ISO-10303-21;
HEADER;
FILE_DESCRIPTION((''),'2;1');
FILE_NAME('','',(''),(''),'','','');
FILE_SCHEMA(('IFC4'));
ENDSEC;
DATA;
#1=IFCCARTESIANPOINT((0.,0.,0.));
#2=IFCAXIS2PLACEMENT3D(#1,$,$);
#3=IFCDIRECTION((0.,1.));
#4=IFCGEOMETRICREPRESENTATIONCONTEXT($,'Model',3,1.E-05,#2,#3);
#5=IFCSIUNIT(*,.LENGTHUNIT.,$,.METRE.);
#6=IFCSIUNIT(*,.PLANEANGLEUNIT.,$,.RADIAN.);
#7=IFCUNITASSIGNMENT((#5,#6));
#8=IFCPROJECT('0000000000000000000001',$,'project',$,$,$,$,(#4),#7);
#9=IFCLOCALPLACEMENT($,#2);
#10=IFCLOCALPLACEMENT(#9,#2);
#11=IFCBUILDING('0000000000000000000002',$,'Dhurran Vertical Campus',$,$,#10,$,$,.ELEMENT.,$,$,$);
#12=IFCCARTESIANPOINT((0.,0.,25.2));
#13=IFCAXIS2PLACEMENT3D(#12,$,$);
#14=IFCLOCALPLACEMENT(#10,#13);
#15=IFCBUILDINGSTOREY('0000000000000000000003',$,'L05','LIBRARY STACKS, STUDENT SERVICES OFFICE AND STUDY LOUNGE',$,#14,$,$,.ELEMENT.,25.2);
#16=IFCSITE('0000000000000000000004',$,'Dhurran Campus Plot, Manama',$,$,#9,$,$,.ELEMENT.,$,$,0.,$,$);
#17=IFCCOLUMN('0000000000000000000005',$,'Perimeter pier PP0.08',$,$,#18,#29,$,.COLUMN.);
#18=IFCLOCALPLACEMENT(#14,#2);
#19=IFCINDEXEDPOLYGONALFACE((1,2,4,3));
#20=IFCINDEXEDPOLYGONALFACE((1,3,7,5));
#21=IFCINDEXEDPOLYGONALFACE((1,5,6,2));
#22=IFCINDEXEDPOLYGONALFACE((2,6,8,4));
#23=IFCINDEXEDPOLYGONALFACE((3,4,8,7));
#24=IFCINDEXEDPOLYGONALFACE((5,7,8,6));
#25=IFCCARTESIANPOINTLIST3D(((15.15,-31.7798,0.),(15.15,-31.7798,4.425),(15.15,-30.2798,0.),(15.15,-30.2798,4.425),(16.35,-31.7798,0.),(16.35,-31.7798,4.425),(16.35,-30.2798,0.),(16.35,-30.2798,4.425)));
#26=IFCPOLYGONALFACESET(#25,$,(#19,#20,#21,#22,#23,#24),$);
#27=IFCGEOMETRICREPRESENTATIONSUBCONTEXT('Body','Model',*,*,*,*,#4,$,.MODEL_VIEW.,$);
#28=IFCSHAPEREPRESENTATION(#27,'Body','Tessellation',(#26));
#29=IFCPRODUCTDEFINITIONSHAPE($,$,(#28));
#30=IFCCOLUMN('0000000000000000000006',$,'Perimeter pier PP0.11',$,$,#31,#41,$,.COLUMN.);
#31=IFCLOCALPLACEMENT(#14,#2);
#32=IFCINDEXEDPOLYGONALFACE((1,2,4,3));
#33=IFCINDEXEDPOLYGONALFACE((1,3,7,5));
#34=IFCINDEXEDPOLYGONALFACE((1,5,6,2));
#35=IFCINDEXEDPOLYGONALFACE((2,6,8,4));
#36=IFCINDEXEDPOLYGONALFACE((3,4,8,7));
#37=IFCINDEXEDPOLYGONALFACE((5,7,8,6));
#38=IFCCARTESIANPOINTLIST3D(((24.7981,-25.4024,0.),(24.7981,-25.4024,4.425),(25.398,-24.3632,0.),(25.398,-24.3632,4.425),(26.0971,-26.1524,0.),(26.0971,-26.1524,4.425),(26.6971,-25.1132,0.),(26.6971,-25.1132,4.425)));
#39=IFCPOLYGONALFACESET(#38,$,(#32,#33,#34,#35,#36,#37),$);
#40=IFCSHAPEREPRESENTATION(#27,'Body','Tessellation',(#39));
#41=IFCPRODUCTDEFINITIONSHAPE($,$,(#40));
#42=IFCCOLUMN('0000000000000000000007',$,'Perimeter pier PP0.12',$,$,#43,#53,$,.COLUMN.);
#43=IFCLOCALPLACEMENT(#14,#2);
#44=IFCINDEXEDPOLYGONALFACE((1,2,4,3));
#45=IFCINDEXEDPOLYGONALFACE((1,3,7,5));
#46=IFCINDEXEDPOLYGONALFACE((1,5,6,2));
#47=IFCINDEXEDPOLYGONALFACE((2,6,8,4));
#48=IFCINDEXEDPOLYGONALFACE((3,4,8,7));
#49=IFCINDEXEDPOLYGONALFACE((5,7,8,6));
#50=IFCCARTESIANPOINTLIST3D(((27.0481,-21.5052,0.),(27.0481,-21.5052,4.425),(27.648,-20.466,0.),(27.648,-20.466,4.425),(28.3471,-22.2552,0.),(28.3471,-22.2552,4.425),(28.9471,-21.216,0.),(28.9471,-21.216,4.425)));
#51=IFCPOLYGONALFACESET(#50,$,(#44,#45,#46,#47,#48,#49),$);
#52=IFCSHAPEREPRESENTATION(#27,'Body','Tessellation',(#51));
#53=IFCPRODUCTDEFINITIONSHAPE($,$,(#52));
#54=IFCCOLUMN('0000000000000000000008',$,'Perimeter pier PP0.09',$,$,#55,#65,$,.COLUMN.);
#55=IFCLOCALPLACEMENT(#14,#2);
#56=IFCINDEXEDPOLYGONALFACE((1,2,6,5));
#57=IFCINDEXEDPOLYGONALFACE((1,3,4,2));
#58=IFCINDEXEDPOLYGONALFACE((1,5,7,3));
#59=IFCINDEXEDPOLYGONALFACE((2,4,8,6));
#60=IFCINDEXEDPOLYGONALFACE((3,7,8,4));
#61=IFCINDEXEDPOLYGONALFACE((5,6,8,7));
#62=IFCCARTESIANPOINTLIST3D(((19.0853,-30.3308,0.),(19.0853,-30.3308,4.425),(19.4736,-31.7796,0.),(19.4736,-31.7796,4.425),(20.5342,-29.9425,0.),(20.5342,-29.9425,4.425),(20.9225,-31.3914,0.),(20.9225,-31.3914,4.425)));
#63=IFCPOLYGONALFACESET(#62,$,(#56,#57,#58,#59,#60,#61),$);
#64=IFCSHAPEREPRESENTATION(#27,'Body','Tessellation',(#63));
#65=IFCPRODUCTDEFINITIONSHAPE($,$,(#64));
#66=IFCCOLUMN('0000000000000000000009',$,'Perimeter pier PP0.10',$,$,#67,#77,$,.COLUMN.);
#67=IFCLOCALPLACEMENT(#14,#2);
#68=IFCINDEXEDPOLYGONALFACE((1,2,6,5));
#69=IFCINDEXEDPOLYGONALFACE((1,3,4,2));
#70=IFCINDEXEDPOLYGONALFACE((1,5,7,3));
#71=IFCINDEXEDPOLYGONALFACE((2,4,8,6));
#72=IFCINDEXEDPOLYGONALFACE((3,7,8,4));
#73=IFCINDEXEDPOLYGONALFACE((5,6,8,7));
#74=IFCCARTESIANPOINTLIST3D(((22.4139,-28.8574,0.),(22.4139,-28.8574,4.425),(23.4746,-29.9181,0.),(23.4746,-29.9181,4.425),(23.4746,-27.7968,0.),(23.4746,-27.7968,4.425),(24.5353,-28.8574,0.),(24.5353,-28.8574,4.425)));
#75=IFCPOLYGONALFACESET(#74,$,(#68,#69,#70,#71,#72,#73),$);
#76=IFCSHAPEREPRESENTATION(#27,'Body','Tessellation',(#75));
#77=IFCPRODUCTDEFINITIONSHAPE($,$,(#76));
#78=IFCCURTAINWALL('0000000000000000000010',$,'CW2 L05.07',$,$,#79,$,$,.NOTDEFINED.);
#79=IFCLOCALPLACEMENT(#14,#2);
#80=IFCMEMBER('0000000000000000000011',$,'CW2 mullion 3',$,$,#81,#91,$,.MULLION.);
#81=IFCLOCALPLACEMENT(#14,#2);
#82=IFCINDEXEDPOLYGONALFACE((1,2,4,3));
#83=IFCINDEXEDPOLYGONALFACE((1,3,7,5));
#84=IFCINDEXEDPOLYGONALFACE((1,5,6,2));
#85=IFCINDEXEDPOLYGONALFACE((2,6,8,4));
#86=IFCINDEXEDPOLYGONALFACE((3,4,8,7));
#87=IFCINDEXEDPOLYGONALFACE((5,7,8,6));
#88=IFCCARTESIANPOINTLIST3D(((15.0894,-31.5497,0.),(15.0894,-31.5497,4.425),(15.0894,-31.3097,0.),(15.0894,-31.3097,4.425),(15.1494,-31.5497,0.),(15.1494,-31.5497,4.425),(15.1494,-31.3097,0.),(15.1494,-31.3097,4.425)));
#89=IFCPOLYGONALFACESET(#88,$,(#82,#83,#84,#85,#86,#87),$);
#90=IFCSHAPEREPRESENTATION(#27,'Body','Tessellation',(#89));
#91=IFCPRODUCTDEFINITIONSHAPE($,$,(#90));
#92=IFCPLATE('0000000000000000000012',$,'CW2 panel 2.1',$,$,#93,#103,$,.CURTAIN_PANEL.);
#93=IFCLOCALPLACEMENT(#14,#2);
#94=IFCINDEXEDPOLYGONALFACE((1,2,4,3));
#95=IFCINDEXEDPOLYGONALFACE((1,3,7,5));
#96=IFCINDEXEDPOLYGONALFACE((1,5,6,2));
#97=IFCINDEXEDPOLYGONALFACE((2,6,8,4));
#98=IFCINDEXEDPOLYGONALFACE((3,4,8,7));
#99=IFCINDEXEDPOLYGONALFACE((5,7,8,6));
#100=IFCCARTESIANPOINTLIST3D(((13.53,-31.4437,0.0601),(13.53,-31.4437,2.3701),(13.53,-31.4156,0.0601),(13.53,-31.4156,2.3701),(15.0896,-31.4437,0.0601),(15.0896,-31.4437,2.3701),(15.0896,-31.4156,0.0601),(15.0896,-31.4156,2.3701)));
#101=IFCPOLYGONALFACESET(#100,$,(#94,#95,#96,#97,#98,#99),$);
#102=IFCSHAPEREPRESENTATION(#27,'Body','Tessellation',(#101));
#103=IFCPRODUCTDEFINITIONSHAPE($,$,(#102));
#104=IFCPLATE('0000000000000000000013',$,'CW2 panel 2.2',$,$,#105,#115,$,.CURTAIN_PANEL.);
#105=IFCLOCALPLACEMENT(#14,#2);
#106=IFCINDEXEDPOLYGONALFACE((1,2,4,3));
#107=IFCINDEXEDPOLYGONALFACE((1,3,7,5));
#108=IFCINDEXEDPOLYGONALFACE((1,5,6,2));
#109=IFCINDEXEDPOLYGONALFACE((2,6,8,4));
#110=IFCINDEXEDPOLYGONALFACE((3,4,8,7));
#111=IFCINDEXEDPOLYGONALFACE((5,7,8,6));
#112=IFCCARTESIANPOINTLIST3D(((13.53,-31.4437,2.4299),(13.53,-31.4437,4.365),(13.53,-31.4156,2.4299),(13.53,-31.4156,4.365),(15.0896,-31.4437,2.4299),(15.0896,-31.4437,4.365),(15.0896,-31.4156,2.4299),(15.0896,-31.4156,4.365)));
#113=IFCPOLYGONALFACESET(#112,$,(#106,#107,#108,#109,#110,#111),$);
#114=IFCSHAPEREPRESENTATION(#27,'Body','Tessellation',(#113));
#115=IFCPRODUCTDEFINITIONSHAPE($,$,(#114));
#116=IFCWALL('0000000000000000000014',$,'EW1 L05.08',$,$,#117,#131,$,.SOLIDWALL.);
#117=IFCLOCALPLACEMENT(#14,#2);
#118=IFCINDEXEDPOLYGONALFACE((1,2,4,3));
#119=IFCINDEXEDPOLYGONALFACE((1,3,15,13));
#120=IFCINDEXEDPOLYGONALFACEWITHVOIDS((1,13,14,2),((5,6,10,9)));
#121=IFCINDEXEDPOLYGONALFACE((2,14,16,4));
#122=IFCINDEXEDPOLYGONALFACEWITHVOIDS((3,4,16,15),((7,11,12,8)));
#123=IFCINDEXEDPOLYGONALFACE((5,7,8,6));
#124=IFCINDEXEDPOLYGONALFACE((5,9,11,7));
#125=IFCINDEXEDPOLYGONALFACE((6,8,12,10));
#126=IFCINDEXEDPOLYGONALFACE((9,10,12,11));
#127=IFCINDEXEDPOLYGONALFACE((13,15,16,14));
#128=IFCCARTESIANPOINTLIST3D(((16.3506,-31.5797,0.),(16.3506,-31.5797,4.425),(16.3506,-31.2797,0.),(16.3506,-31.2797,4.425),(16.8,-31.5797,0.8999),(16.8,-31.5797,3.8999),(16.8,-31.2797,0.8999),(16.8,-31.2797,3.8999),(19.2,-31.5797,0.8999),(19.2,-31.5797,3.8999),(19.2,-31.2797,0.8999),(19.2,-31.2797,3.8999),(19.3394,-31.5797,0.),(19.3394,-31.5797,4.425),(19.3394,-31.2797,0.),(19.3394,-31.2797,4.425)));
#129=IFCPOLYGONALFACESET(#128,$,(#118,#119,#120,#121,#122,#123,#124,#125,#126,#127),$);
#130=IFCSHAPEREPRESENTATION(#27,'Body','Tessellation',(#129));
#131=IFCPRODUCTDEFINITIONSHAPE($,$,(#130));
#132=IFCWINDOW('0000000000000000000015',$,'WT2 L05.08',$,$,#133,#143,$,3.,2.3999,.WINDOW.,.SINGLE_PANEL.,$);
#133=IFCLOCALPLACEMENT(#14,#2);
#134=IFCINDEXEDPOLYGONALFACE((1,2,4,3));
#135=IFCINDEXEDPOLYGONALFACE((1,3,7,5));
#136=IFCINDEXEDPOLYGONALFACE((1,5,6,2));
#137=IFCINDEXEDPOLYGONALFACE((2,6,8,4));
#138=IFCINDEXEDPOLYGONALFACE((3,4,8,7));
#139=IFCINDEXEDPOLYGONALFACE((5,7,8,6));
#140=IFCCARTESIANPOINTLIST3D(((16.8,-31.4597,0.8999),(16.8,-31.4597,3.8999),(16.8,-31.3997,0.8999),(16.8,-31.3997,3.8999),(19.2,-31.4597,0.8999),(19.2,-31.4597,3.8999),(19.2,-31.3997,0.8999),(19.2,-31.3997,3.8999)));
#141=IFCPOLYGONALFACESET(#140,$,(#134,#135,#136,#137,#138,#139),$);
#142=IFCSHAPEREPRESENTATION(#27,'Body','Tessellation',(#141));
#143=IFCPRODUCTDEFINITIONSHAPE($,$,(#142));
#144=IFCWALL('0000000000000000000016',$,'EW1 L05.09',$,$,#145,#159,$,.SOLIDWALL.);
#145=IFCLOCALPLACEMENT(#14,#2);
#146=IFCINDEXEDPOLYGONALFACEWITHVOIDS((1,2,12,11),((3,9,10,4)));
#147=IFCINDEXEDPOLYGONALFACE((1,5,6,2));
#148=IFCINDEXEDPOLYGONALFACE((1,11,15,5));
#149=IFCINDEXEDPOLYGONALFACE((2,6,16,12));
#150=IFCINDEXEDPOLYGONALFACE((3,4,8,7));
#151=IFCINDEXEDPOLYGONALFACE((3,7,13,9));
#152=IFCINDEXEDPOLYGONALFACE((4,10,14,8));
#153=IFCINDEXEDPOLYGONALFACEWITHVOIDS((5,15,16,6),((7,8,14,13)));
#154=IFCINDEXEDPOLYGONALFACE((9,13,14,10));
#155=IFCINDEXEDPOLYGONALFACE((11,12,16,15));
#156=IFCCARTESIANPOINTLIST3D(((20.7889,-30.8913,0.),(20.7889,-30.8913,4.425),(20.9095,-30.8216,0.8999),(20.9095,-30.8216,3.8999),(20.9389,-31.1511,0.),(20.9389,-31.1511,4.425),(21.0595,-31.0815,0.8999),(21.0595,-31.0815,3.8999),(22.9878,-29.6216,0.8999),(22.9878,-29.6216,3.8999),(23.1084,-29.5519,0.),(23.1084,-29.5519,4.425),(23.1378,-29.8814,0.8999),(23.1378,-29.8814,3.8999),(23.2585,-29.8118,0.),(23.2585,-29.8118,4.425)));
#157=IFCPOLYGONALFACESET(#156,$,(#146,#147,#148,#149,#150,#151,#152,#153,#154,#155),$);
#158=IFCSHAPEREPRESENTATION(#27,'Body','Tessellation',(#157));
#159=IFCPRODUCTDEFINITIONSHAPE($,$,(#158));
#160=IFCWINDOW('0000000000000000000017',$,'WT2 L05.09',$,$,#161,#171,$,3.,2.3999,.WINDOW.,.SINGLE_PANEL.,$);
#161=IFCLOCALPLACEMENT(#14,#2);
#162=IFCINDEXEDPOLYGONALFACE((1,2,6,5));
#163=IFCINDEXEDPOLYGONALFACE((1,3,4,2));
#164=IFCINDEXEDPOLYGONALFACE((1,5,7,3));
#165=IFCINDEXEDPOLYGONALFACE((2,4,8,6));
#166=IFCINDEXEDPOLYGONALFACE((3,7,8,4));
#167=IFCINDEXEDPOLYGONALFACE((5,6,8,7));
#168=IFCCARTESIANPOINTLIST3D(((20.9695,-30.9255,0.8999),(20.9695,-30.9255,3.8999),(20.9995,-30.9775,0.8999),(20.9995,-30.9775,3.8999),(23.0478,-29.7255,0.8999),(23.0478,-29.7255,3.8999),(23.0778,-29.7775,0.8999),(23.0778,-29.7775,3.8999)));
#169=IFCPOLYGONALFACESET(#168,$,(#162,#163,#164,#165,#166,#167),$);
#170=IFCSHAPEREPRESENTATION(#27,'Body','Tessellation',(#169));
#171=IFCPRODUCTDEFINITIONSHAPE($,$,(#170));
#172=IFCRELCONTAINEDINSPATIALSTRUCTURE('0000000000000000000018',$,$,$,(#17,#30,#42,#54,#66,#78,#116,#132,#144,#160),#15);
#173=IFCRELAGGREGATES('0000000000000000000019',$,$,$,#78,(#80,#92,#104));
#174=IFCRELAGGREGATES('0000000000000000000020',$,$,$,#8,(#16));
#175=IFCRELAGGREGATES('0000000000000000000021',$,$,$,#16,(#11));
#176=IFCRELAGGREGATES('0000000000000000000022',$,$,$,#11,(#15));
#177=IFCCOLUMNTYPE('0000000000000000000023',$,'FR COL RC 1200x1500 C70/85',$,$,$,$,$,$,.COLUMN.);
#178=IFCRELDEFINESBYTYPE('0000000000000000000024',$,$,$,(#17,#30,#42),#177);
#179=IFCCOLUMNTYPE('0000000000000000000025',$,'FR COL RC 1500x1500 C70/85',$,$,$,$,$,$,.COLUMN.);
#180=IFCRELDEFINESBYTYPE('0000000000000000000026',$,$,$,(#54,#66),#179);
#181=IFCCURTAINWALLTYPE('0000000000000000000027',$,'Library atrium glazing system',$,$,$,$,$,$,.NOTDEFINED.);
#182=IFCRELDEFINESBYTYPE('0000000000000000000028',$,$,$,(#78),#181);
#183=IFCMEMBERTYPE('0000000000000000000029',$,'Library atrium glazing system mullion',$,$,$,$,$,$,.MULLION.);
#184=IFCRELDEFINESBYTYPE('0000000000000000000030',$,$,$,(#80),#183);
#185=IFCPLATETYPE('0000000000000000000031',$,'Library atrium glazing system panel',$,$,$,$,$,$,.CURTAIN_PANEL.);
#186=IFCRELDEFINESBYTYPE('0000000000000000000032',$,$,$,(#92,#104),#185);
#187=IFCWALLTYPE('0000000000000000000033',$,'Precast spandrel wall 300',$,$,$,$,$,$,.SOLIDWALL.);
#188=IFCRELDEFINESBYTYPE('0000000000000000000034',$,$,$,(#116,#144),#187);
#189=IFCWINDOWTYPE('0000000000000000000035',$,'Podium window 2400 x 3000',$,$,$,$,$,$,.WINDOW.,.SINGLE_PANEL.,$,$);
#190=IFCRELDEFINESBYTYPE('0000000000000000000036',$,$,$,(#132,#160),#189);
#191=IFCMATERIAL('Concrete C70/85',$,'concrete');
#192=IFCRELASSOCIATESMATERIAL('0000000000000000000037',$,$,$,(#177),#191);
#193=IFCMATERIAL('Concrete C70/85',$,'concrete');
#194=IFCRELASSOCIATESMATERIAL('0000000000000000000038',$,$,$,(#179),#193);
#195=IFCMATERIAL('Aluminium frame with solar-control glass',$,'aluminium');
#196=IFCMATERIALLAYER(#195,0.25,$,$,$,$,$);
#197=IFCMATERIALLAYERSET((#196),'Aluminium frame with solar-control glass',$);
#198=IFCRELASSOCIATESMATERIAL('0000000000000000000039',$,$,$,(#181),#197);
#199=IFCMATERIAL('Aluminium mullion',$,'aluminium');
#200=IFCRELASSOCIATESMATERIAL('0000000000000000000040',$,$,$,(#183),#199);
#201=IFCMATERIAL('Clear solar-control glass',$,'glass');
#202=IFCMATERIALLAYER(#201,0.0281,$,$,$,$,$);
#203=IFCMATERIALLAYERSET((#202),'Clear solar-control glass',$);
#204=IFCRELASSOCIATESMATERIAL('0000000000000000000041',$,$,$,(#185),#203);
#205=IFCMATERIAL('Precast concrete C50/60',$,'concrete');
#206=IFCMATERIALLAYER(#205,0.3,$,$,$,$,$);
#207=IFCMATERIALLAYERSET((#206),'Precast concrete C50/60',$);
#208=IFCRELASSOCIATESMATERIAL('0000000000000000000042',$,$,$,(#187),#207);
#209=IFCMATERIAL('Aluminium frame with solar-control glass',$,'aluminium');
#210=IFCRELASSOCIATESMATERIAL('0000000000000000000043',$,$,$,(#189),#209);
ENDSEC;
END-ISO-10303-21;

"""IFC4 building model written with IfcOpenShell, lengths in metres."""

from ifc_helpers import new_model, si_unit, direction, frame, frame_2d, origin, origin_2d, place, context, subcontext, project, spatial, rectangle, extrude, material, layer, layer_set, material_profile, profile_set, type_object, element, fill, aggregate, save


model = new_model("IFC4")

# Units and contexts
model_context = context("Model", 3, precision=1e-05, world=origin(), true_north=direction((0.0, 1.0)))
body_context = subcontext(model_context, "Body", "Model", "MODEL_VIEW")
ifc_project = project(units=[si_unit("LENGTHUNIT", "METRE"), si_unit("PLANEANGLEUNIT", "RADIAN")], contexts=[model_context])

# Site, building, storey
site_placement = place(None, origin())
site = spatial("IfcSite", under=ifc_project, at=site_placement, Name="Dhurran Campus Plot, Manama", CompositionType="ELEMENT", RefElevation=0.0)
building_placement = place(site_placement, origin())
building = spatial("IfcBuilding", under=site, at=building_placement, Name="Dhurran Vertical Campus", CompositionType="ELEMENT")
storey_placement = place(building_placement, frame((0.0, 0.0, 25.2)))
storey = spatial("IfcBuildingStorey", under=building, at=storey_placement, Name="L05", Description="LIBRARY STACKS, STUDENT SERVICES OFFICE AND STUDY LOUNGE", CompositionType="ELEMENT", Elevation=25.2)

# Columns
ifc_material_1 = material(Name="Concrete C70/85", Category="concrete")
ifc_material_profile_1 = material_profile(ifc_material_1, rectangle(XDim=1.2, YDim=1.5, at=origin_2d()), Name="RC 1200x1500")
ifc_profile_set_1 = profile_set([ifc_material_profile_1], Name="Concrete C70/85")
column_type_1 = type_object("IfcColumnType", Name="FR COL RC 1200x1500 C70/85", PredefinedType="COLUMN", material=ifc_profile_set_1)
for number, where, z_axis, x_axis, name in (
    (1, (15.75, -31.0298, 0.0), (0.0, 0.0, 1.0), (1.0, 0.0, 0.0), "Perimeter pier PP0.08"),
    (2, (25.7476, -25.2578, 0.0), (0.0, 0.0, 1.0), (0.5, 0.866025, 0.0), "Perimeter pier PP0.11"),
    (3, (27.9976, -21.3606, 0.0), (0.0, 0.0, 1.0), (0.5, 0.866025, 0.0), "Perimeter pier PP0.12"),
):
    element("IfcColumn", number, at=place(storey_placement, frame(where, z_axis=z_axis, x_axis=x_axis)), inside=storey, type_object=column_type_1, Name=name, PredefinedType="COLUMN", context=body_context, shape_type="SweptSolid", body=[
        extrude(rectangle(XDim=1.2, YDim=1.5, at=origin_2d()), origin(), (0.0, 0.0, 1.0), 4.425),
    ])
ifc_material_2 = material(Name="Concrete C70/85", Category="concrete")
ifc_material_profile_2 = material_profile(ifc_material_2, rectangle(XDim=1.5, YDim=1.5, at=origin_2d()), Name="RC 1500x1500")
ifc_profile_set_2 = profile_set([ifc_material_profile_2], Name="Concrete C70/85")
column_type_2 = type_object("IfcColumnType", Name="FR COL RC 1500x1500 C70/85", PredefinedType="COLUMN", material=ifc_profile_set_2)
for number, where, z_axis, x_axis, name in (
    (4, (20.0039, -30.8611, 0.0), (0.0, 0.0, 1.0), (0.965926, 0.258819, 0.0), "Perimeter pier PP0.09"),
    (5, (23.4746, -28.8574, 0.0), (0.0, 0.0, 1.0), (0.707107, 0.707107, 0.0), "Perimeter pier PP0.10"),
):
    element("IfcColumn", number, at=place(storey_placement, frame(where, z_axis=z_axis, x_axis=x_axis)), inside=storey, type_object=column_type_2, Name=name, PredefinedType="COLUMN", context=body_context, shape_type="SweptSolid", body=[
        extrude(rectangle(XDim=1.5, YDim=1.5, at=origin_2d()), origin(), (0.0, 0.0, 1.0), 4.425),
    ])

# Curtain wall, member, plates
ifc_material_3 = material(Name="Aluminium frame with solar-control glass", Category="aluminium")
ifc_layer_1 = layer(ifc_material_3, 0.25)
ifc_layer_set_1 = layer_set([ifc_layer_1], Name="Aluminium frame with solar-control glass")
curtain_wall_type = type_object("IfcCurtainWallType", Name="Library atrium glazing system", PredefinedType="NOTDEFINED", material=ifc_layer_set_1)
curtain_wall_placement = place(storey_placement, origin())
curtain_wall = element("IfcCurtainWall", 6, at=curtain_wall_placement, inside=storey, type_object=curtain_wall_type, Name="CW2 L05.07", PredefinedType="NOTDEFINED")
ifc_material_4 = material(Name="Aluminium mullion", Category="aluminium")
ifc_material_profile_3 = material_profile(ifc_material_4, rectangle(XDim=0.24, YDim=0.0601, at=origin_2d()), Name="Library atrium glazing system mullion")
ifc_profile_set_3 = profile_set([ifc_material_profile_3], Name="Aluminium mullion")
member_type = type_object("IfcMemberType", Name="Library atrium glazing system mullion", PredefinedType="MULLION", material=ifc_profile_set_3)
member_placement = place(storey_placement, frame((15.1194, -31.4297, 0.0), z_axis=(0.0, 0.0, 1.0), x_axis=(0.0, 1.0, 0.0)))
member = element("IfcMember", 7, at=member_placement, type_object=member_type, Name="CW2 mullion 3", PredefinedType="MULLION", context=body_context, shape_type="SweptSolid", body=[
    extrude(rectangle(XDim=0.24, YDim=0.0601, at=origin_2d()), origin(), (0.0, 0.0, 1.0), 4.425),
])
ifc_material_5 = material(Name="Clear solar-control glass", Category="glass")
ifc_layer_2 = layer(ifc_material_5, 0.0281)
ifc_layer_set_2 = layer_set([ifc_layer_2], Name="Clear solar-control glass")
plate_type = type_object("IfcPlateType", Name="Library atrium glazing system panel", PredefinedType="CURTAIN_PANEL", material=ifc_layer_set_2)
plate_1_placement = place(storey_placement, frame((14.3098, -31.4297, 0.0601), z_axis=(0.0, 0.0, 1.0), x_axis=(1.0, 0.0, 0.0)))
plate_1 = element("IfcPlate", 8, at=plate_1_placement, type_object=plate_type, Name="CW2 panel 2.1", PredefinedType="CURTAIN_PANEL", context=body_context, shape_type="SweptSolid", body=[
    extrude(rectangle(XDim=1.5596, YDim=0.0281, at=origin_2d()), origin(), (0.0, 0.0, 1.0), 2.3101),
])
plate_2_placement = place(storey_placement, frame((14.3098, -31.4297, 2.4299), z_axis=(0.0, 0.0, 1.0), x_axis=(1.0, 0.0, 0.0)))
plate_2 = element("IfcPlate", 9, at=plate_2_placement, type_object=plate_type, Name="CW2 panel 2.2", PredefinedType="CURTAIN_PANEL", context=body_context, shape_type="SweptSolid", body=[
    extrude(rectangle(XDim=1.5596, YDim=0.0281, at=origin_2d()), origin(), (0.0, 0.0, 1.0), 1.9351),
])
aggregate(curtain_wall, [member, plate_1, plate_2])

# Walls, openings, windows
ifc_material_6 = material(Name="Precast concrete C50/60", Category="concrete")
ifc_layer_3 = layer(ifc_material_6, 0.3)
ifc_layer_set_3 = layer_set([ifc_layer_3], Name="Precast concrete C50/60")
wall_type = type_object("IfcWallType", Name="Precast spandrel wall 300", PredefinedType="SOLIDWALL", material=ifc_layer_set_3)
wall_1_placement = place(storey_placement, frame((16.3506, -31.4297, 0.0), z_axis=(0.0, 0.0, 1.0), x_axis=(1.0, 0.0, 0.0)))
wall_1 = element("IfcWall", 10, at=wall_1_placement, inside=storey, type_object=wall_type, Name="EW1 L05.08", PredefinedType="SOLIDWALL", context=body_context, shape_type="SweptSolid", body=[
    extrude(rectangle(XDim=2.9888, YDim=0.3, at=frame_2d((1.4944, 0.0))), origin(), (0.0, 0.0, 1.0), 4.425),
])
opening_1_placement = place(wall_1_placement, frame((0.4495, 0.0, 0.8999)))
opening_1 = element("IfcOpeningElement", 11, at=opening_1_placement, cuts=wall_1, PredefinedType="OPENING", context=body_context, shape_type="SweptSolid", body=[
    extrude(rectangle(XDim=2.3999, YDim=3.0, at=frame_2d((1.2, 1.5))), frame((0.0, 0.1599, 0.0), z_axis=(0.0, -1.0, 0.0), x_axis=(1.0, 0.0, 0.0)), (0.0, 0.0, 1.0), 0.3201),
])
ifc_material_7 = material(Name="Aluminium frame with solar-control glass", Category="aluminium")
window_type = type_object("IfcWindowType", Name="Podium window 2400 x 3000", PartitioningType="SINGLE_PANEL", PredefinedType="WINDOW", material=ifc_material_7)
window_1_placement = place(opening_1_placement, origin())
window_1 = element("IfcWindow", 12, at=window_1_placement, inside=storey, type_object=window_type, Name="WT2 L05.08", OverallHeight=3.0, OverallWidth=2.3999, PartitioningType="SINGLE_PANEL", PredefinedType="WINDOW", context=body_context, shape_type="SweptSolid", body=[
    extrude(rectangle(XDim=2.3999, YDim=3.0, at=frame_2d((1.2, 1.5))), frame((0.0, 0.03, 0.0), z_axis=(0.0, -1.0, 0.0), x_axis=(1.0, 0.0, 0.0)), (0.0, 0.0, 1.0), 0.0601),
])
fill(opening_1, window_1)
wall_2_placement = place(storey_placement, frame((20.8638, -31.0212, 0.0), z_axis=(0.0, 0.0, 1.0), x_axis=(0.866002, 0.500041, 0.0)))
wall_2 = element("IfcWall", 13, at=wall_2_placement, inside=storey, type_object=wall_type, Name="EW1 L05.09", PredefinedType="SOLIDWALL", context=body_context, shape_type="SweptSolid", body=[
    extrude(rectangle(XDim=2.6785, YDim=0.3, at=frame_2d((1.3394, 0.0))), origin(), (0.0, 0.0, 1.0), 4.425),
])
opening_2_placement = place(wall_2_placement, frame((0.1394, 0.0, 0.8999)))
opening_2 = element("IfcOpeningElement", 14, at=opening_2_placement, cuts=wall_2, PredefinedType="OPENING", context=body_context, shape_type="SweptSolid", body=[
    extrude(rectangle(XDim=2.3999, YDim=3.0, at=frame_2d((1.2, 1.5))), frame((0.0, 0.1599, 0.0), z_axis=(0.0, -1.0, 0.0), x_axis=(1.0, 0.0, 0.0)), (0.0, 0.0, 1.0), 0.3201),
])
window_2_placement = place(opening_2_placement, origin())
window_2 = element("IfcWindow", 15, at=window_2_placement, inside=storey, type_object=window_type, Name="WT2 L05.09", OverallHeight=3.0, OverallWidth=2.3999, PartitioningType="SINGLE_PANEL", PredefinedType="WINDOW", context=body_context, shape_type="SweptSolid", body=[
    extrude(rectangle(XDim=2.3999, YDim=3.0, at=frame_2d((1.2, 1.5))), frame((0.0, 0.03, 0.0), z_axis=(0.0, -1.0, 0.0), x_axis=(1.0, 0.0, 0.0)), (0.0, 0.0, 1.0), 0.0601),
])
fill(opening_2, window_2)

save(model, "model.ifc")
